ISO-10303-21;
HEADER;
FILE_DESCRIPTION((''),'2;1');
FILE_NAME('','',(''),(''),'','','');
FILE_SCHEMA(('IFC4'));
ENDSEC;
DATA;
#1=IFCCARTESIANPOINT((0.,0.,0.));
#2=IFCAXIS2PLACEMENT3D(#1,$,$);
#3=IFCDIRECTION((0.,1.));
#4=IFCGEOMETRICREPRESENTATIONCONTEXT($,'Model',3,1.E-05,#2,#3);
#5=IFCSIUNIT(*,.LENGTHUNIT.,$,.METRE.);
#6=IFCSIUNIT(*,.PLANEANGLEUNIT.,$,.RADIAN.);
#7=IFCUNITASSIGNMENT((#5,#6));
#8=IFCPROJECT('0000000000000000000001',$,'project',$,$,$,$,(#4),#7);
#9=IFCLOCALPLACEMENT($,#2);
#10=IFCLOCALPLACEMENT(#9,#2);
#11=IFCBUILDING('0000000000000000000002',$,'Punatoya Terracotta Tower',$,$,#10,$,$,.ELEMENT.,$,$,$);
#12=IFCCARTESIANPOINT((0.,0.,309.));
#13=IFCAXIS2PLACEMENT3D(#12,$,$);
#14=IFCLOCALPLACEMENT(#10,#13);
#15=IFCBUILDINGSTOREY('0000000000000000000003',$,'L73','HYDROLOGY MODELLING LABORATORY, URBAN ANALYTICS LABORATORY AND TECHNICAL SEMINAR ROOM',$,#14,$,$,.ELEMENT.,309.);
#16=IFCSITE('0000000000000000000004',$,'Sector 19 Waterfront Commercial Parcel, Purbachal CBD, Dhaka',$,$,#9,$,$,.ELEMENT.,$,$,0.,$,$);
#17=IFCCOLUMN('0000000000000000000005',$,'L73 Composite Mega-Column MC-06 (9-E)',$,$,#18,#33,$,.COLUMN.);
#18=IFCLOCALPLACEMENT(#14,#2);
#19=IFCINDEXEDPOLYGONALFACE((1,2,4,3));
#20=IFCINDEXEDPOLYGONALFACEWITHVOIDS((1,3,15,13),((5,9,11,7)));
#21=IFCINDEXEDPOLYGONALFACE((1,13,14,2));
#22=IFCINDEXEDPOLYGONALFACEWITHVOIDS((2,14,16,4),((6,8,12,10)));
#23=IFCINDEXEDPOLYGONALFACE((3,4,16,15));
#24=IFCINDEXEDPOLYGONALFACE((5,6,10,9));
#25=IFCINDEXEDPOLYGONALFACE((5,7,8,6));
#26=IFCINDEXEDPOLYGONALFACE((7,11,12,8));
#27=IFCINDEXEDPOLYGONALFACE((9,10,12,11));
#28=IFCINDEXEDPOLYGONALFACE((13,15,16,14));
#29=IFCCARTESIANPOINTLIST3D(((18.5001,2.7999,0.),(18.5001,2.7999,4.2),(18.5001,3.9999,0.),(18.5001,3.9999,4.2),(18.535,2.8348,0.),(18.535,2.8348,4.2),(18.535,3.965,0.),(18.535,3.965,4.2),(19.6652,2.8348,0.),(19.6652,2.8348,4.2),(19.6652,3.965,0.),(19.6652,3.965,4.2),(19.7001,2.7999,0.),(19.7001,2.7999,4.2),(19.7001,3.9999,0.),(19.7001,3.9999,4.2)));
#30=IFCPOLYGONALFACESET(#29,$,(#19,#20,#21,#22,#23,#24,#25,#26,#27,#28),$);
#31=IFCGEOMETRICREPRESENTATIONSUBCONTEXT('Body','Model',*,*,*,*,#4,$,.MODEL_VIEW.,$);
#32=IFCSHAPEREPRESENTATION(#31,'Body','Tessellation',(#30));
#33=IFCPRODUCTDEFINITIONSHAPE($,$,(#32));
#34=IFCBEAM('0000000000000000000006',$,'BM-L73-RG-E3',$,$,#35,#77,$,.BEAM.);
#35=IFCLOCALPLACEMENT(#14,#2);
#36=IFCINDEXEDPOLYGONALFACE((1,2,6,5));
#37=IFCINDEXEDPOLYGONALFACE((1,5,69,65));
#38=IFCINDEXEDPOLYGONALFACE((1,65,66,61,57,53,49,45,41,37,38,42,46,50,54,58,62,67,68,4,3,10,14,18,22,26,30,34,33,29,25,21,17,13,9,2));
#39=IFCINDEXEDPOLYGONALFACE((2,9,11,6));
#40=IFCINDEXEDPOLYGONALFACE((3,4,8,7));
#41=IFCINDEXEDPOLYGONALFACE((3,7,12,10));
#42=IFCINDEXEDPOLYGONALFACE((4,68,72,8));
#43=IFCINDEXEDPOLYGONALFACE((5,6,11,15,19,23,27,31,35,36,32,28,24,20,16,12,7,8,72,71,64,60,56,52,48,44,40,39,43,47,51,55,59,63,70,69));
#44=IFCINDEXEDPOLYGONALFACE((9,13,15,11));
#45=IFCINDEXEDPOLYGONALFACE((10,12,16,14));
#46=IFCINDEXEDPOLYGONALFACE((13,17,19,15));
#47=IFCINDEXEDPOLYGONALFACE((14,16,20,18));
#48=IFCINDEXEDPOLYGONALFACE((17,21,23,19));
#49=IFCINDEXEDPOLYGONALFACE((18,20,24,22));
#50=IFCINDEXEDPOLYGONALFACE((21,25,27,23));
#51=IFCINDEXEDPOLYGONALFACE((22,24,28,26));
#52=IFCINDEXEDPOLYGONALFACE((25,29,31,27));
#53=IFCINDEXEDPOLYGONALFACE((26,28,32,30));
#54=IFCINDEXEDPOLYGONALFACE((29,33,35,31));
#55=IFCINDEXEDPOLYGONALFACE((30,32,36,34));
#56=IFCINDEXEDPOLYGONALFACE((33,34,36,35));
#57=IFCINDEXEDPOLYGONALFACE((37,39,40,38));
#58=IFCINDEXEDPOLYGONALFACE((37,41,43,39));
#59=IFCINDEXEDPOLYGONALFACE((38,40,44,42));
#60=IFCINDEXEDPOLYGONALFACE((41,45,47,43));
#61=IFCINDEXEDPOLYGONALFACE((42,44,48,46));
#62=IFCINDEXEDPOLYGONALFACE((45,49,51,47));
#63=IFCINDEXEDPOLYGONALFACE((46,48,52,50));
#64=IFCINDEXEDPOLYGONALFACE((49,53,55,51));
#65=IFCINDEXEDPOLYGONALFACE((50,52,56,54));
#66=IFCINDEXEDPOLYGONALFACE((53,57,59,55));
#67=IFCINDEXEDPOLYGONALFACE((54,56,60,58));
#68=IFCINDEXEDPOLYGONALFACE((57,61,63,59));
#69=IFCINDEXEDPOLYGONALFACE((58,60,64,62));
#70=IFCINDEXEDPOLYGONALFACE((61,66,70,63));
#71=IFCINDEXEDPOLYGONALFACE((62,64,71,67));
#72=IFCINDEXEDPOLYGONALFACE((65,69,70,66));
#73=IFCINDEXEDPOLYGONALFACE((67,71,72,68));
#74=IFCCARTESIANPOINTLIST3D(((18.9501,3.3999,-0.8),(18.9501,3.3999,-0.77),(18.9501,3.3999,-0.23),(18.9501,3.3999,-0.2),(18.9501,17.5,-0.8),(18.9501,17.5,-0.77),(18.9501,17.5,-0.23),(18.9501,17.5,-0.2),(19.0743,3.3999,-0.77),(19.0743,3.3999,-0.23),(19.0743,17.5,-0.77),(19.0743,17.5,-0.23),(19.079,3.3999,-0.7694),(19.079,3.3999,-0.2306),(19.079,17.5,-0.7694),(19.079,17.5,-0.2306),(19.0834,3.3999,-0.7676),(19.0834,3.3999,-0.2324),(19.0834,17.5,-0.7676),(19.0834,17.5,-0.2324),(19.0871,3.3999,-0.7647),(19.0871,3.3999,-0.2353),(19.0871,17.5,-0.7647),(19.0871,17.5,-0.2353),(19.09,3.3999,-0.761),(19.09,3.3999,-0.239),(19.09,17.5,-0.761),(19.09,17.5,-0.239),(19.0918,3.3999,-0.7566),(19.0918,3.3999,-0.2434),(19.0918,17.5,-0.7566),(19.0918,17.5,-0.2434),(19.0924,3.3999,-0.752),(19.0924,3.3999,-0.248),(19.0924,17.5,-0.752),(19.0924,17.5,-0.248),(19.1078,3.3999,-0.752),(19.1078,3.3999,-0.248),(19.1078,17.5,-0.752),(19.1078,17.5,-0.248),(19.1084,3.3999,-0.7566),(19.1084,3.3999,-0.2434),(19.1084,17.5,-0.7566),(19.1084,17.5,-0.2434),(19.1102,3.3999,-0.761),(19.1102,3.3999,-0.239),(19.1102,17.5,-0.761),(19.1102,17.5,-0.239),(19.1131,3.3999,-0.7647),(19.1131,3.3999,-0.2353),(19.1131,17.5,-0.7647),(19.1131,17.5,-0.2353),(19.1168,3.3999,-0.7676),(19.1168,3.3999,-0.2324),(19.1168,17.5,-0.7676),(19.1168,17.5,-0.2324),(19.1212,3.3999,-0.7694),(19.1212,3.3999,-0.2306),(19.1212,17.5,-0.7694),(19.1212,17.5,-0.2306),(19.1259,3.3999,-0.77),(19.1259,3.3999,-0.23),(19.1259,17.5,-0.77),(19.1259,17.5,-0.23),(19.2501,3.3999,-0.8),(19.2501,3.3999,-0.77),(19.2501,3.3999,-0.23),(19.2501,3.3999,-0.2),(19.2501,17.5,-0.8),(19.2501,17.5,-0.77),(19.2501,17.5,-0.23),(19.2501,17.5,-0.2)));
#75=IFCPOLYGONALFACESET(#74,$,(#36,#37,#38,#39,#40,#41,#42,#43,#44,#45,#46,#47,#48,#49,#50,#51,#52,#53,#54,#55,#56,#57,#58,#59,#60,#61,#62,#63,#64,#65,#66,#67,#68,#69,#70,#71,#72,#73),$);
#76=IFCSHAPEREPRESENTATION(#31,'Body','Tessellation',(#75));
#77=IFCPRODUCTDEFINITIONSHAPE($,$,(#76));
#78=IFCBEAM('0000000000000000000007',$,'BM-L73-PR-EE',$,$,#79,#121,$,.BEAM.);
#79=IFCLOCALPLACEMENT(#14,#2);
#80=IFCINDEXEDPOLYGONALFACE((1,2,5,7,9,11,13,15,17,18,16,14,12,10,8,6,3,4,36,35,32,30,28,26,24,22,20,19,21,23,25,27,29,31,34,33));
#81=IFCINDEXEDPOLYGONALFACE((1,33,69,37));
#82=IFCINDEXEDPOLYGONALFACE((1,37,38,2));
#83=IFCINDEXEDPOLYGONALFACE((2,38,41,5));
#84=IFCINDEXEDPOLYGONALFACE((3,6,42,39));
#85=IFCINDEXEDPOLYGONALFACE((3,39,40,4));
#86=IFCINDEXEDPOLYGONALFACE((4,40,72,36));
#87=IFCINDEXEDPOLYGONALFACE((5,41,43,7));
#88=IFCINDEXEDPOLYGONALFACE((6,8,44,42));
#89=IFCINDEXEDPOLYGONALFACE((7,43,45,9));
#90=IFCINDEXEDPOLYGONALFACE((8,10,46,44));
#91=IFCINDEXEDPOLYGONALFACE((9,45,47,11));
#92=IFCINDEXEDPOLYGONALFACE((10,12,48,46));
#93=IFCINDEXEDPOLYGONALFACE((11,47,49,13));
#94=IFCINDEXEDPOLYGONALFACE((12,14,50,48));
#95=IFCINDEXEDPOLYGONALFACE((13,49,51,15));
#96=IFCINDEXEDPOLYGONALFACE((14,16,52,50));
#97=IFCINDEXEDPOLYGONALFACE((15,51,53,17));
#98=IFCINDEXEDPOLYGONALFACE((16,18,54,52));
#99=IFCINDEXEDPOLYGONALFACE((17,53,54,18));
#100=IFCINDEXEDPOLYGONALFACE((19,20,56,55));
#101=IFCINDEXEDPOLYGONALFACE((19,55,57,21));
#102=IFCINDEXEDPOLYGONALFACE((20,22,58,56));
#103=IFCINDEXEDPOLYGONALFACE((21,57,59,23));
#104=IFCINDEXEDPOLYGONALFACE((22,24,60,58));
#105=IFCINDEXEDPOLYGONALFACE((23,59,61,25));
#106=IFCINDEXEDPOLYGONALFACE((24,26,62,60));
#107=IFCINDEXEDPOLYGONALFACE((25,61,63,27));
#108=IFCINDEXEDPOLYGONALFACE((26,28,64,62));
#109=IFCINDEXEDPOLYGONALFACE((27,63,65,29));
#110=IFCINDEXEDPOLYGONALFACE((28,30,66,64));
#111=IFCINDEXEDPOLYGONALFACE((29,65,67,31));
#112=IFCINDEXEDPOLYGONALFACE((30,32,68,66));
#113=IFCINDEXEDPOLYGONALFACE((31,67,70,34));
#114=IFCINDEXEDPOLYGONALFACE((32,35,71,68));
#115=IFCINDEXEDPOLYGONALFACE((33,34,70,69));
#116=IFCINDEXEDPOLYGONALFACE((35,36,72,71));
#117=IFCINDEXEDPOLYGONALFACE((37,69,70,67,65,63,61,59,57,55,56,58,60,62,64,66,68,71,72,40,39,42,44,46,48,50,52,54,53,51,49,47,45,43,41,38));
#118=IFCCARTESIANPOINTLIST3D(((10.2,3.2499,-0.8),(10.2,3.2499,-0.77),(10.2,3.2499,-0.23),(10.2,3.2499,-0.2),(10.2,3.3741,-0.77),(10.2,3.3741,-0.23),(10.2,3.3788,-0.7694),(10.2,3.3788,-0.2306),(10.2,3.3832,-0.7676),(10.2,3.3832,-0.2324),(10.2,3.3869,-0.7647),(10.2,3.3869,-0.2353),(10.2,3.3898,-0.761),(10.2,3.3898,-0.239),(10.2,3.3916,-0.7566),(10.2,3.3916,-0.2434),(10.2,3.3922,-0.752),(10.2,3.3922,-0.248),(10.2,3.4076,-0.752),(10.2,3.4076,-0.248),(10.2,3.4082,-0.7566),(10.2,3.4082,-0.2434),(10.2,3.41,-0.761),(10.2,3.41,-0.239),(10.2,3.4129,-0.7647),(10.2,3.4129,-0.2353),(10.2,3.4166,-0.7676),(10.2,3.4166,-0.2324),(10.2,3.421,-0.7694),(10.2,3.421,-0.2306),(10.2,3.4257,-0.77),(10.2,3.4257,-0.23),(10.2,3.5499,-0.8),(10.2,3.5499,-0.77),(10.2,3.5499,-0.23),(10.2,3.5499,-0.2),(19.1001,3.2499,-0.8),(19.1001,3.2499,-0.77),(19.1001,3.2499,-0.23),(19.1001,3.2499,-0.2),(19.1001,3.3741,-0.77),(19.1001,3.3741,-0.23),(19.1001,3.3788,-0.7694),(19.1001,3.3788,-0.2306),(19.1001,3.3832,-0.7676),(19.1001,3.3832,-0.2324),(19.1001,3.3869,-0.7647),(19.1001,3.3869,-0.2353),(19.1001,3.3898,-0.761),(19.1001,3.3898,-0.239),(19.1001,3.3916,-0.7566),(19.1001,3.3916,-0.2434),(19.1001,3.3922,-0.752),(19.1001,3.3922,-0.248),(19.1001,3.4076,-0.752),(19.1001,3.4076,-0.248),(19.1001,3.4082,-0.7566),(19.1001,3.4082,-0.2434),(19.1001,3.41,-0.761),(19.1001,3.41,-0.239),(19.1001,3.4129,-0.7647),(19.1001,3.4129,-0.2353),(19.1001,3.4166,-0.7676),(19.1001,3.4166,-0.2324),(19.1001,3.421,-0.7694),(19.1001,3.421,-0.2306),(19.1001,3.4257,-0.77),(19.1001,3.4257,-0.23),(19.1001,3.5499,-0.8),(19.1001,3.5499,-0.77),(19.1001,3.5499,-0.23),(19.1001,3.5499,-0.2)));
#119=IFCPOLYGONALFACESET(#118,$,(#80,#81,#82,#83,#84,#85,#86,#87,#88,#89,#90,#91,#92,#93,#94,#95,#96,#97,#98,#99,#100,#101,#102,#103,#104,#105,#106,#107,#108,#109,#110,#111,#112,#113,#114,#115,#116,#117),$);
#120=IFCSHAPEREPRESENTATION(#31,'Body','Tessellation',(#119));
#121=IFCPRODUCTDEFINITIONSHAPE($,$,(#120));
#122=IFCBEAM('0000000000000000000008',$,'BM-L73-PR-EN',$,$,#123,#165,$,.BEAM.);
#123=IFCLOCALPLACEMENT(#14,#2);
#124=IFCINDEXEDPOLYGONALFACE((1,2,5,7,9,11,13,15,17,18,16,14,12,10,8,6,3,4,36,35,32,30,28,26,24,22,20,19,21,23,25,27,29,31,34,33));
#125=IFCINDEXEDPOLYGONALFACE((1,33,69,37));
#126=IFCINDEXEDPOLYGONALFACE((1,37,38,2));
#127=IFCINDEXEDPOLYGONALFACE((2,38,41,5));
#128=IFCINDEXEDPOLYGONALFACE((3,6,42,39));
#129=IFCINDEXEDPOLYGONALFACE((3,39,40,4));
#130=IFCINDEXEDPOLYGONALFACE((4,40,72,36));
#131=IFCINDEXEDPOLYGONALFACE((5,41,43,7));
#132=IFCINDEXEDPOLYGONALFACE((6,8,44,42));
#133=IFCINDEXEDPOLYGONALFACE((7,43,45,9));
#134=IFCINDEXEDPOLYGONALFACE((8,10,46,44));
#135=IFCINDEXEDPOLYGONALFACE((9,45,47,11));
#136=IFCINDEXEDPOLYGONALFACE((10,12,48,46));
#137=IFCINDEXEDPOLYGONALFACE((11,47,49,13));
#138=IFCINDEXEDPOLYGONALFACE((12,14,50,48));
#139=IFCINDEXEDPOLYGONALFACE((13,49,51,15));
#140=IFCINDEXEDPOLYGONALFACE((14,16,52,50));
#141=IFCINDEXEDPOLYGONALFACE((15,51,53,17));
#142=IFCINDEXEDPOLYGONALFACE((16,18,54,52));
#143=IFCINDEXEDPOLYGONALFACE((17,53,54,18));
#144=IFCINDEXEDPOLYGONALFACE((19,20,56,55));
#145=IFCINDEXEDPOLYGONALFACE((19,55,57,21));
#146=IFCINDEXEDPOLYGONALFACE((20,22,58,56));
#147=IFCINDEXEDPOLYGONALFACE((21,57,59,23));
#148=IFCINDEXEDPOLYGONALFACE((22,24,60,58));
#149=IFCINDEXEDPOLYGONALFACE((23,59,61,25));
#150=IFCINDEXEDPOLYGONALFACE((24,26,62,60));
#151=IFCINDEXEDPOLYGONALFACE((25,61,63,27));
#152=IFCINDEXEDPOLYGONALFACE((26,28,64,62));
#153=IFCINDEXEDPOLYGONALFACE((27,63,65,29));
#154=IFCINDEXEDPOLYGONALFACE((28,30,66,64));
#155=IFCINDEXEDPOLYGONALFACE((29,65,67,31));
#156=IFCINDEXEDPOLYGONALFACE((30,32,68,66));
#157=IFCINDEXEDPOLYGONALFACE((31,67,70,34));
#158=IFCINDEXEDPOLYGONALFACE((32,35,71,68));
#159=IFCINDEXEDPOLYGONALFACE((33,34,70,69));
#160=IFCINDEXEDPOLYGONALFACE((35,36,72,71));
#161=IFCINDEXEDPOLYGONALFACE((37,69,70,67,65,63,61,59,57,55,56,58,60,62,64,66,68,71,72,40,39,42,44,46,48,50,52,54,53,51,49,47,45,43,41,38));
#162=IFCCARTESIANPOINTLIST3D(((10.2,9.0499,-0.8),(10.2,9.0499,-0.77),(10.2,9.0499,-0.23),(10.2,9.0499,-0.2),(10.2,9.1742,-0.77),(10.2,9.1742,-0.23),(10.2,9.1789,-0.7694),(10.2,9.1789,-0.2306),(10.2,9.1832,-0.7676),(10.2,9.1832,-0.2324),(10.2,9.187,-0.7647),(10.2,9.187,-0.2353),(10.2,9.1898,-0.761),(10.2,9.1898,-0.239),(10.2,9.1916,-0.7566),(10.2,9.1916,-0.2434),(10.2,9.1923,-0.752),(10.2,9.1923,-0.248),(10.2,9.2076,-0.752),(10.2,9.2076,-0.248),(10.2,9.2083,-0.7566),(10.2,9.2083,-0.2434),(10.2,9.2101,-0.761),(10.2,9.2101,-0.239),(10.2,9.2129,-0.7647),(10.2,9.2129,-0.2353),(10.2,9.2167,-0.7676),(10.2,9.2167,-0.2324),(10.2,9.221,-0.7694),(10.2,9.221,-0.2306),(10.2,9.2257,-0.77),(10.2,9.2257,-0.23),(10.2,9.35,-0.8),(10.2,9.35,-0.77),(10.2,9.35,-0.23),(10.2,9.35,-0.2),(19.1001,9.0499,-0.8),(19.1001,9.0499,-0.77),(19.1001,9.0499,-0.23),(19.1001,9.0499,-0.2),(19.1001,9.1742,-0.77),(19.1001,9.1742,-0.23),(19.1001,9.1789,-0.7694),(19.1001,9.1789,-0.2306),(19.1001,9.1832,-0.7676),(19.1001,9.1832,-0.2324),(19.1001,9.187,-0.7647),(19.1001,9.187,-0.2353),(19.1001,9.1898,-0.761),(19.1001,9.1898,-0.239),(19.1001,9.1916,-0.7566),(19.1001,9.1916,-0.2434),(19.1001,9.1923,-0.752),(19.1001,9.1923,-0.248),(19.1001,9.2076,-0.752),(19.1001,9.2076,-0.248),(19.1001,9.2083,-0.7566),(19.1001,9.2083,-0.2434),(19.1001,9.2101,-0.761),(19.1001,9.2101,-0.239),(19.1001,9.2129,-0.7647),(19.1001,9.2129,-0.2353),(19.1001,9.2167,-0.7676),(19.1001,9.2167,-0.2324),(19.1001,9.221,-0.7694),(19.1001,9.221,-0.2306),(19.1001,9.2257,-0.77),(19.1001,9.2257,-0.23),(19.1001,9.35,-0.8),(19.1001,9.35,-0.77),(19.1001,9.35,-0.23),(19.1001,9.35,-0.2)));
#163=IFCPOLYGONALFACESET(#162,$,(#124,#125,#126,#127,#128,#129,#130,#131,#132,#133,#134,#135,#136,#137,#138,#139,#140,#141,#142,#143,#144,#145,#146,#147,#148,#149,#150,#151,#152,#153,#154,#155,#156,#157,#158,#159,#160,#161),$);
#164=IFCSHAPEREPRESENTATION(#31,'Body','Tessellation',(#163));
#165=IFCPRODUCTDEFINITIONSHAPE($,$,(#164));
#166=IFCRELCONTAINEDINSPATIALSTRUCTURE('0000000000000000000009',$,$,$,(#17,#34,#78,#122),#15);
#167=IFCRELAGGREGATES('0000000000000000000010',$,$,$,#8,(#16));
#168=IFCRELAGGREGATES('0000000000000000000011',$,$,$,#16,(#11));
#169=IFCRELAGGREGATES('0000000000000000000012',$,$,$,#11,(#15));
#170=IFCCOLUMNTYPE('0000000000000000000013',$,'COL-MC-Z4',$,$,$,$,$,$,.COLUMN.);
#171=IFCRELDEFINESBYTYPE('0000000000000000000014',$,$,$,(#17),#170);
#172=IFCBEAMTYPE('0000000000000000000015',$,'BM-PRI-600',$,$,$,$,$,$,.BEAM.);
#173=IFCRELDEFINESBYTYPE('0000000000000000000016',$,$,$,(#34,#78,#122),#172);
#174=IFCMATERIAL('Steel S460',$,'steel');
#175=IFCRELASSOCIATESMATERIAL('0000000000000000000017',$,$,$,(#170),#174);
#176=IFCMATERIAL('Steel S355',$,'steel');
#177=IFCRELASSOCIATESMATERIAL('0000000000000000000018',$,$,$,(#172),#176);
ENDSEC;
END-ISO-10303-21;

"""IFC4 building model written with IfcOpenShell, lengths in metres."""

from ifc_helpers import new_model, si_unit, direction, frame, origin, origin_2d, place, context, subcontext, project, spatial, hollow_rectangle, i_section, extrude, material, material_profile, profile_set, type_object, element, save


model = new_model("IFC4")

# Units and contexts
model_context = context("Model", 3, precision=1e-05, world=origin(), true_north=direction((0.0, 1.0)))
body_context = subcontext(model_context, "Body", "Model", "MODEL_VIEW")
ifc_project = project(units=[si_unit("LENGTHUNIT", "METRE"), si_unit("PLANEANGLEUNIT", "RADIAN")], contexts=[model_context])

# Site, building, storey
site_placement = place(None, origin())
site = spatial("IfcSite", under=ifc_project, at=site_placement, Name="Sector 19 Waterfront Commercial Parcel, Purbachal CBD, Dhaka", CompositionType="ELEMENT", RefElevation=0.0)
building_placement = place(site_placement, origin())
building = spatial("IfcBuilding", under=site, at=building_placement, Name="Punatoya Terracotta Tower", CompositionType="ELEMENT")
storey_placement = place(building_placement, frame((0.0, 0.0, 309.0)))
storey = spatial("IfcBuildingStorey", under=building, at=storey_placement, Name="L73", Description="HYDROLOGY MODELLING LABORATORY, URBAN ANALYTICS LABORATORY AND TECHNICAL SEMINAR ROOM", CompositionType="ELEMENT", Elevation=309.0)

# Column
ifc_material_1 = material(Name="Steel S460", Category="steel")
ifc_material_profile_1 = material_profile(ifc_material_1, hollow_rectangle(XDim=1.2, YDim=1.2, WallThickness=0.0349, at=origin_2d()))
ifc_profile_set_1 = profile_set([ifc_material_profile_1], Name="Steel S460")
column_type = type_object("IfcColumnType", Name="COL-MC-Z4", PredefinedType="COLUMN", material=ifc_profile_set_1)
column_placement = place(storey_placement, frame((19.1001, 3.3999, 0.0), z_axis=(0.0, 0.0, 1.0), x_axis=(1.0, 0.0, 0.0)))
element("IfcColumn", 1, at=column_placement, inside=storey, type_object=column_type, Name="L73 Composite Mega-Column MC-06 (9-E)", PredefinedType="COLUMN", context=body_context, shape_type="SweptSolid", body=[
    extrude(hollow_rectangle(XDim=1.2, YDim=1.2, WallThickness=0.0349, at=origin_2d()), origin(), (0.0, 0.0, 1.0), 4.2),
])

# Beams
ifc_material_2 = material(Name="Steel S355", Category="steel")
ifc_material_profile_2 = material_profile(ifc_material_2, i_section(OverallWidth=0.3, OverallDepth=0.6001, WebThickness=0.0154, FlangeThickness=0.03, FilletRadius=0.0181, at=origin_2d()))
ifc_profile_set_2 = profile_set([ifc_material_profile_2], Name="Steel S355")
beam_type_1 = type_object("IfcBeamType", Name="BM-PRI-600", PredefinedType="BEAM", material=ifc_profile_set_2)
beam_1_placement = place(storey_placement, frame((19.1001, 3.3999, -0.5), z_axis=(0.0, 1.0, 0.0), x_axis=(-1.0, 0.0, 0.0)))
element("IfcBeam", 2, at=beam_1_placement, inside=storey, type_object=beam_type_1, Name="BM-L73-RG-E3", PredefinedType="BEAM", context=body_context, shape_type="SweptSolid", body=[
    extrude(i_section(OverallWidth=0.3, OverallDepth=0.6001, WebThickness=0.0154, FlangeThickness=0.03, FilletRadius=0.0181, at=origin_2d()), origin(), (0.0, 0.0, 1.0), 14.1001),
])
for number, where, z_axis, x_axis, name in (
    (3, (10.2, 3.3999, -0.5), (1.0, 0.0, 0.0), (0.0, 1.0, 0.0), "BM-L73-PR-EE"),
    (4, (10.2, 9.2, -0.5), (1.0, 0.0, 0.0), (0.0, 1.0, 0.0), "BM-L73-PR-EN"),
):
    element("IfcBeam", number, at=place(storey_placement, frame(where, z_axis=z_axis, x_axis=x_axis)), inside=storey, type_object=beam_type_1, Name=name, PredefinedType="BEAM", context=body_context, shape_type="SweptSolid", body=[
        extrude(i_section(OverallWidth=0.3, OverallDepth=0.6001, WebThickness=0.0154, FlangeThickness=0.03, FilletRadius=0.0181, at=origin_2d()), origin(), (0.0, 0.0, 1.0), 8.9001),
    ])

save(model, "model.ifc")
